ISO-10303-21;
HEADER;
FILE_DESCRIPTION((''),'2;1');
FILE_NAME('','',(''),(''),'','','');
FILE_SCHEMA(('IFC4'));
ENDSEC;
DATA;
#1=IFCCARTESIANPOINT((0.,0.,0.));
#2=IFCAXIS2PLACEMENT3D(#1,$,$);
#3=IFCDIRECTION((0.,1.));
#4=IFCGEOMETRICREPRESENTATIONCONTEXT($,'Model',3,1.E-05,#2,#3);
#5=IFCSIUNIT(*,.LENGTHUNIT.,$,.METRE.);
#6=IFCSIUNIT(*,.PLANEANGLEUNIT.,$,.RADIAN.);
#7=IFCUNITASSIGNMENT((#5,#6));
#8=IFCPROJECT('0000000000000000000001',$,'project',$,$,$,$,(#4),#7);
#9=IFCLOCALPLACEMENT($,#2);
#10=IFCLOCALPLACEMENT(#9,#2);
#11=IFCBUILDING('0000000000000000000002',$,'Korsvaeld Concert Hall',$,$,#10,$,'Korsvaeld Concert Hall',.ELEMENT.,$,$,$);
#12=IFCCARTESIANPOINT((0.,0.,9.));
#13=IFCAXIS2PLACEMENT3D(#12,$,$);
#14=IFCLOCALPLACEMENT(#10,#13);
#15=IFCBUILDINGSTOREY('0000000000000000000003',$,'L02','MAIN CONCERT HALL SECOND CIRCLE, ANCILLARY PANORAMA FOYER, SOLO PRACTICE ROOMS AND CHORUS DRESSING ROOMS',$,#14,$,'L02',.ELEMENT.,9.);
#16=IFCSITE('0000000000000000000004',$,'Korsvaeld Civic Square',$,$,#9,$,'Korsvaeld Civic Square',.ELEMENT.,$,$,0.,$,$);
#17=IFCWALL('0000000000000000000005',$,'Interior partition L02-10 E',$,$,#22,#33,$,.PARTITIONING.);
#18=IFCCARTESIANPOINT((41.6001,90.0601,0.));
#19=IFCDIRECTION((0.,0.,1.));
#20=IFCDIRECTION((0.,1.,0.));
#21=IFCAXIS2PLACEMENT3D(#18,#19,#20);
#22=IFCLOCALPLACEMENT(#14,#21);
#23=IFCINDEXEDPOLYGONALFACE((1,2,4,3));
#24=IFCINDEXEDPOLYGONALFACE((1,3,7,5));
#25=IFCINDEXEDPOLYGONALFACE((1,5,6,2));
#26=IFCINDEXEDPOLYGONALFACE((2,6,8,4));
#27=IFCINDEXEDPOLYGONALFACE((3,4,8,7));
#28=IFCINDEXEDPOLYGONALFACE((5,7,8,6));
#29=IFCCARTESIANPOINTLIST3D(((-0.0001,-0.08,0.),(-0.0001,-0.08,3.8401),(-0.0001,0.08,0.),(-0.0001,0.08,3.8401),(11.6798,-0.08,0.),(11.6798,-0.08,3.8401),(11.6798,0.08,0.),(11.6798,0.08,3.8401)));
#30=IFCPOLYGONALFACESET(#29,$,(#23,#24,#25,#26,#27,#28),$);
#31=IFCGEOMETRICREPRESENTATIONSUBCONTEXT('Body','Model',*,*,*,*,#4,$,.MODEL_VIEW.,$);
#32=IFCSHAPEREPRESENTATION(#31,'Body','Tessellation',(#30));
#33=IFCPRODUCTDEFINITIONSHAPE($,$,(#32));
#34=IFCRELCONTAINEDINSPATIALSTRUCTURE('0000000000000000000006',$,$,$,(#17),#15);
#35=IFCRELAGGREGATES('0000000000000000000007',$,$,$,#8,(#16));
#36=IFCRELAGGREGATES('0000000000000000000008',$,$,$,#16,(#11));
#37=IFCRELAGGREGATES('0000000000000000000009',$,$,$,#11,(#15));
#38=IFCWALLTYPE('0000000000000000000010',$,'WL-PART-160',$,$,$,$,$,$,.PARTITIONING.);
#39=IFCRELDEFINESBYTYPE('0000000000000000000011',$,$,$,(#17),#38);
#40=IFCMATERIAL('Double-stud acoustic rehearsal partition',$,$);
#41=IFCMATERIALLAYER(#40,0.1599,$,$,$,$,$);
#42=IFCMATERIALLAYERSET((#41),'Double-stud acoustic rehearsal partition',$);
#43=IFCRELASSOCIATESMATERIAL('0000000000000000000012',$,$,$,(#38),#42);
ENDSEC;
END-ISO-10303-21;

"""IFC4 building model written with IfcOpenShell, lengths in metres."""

from ifc_helpers import new_model, si_unit, direction, frame, frame_2d, origin, place, context, subcontext, project, spatial, rectangle, extrude, material, layer, layer_set, type_object, element, save


model = new_model("IFC4")

# Units and contexts
model_context = context("Model", 3, precision=1e-05, world=origin(), true_north=direction((0.0, 1.0)))
body_context = subcontext(model_context, "Body", "Model", "MODEL_VIEW")
ifc_project = project(units=[si_unit("LENGTHUNIT", "METRE"), si_unit("PLANEANGLEUNIT", "RADIAN")], contexts=[model_context])

# Site, building, storey
site_placement = place(None, origin())
site = spatial("IfcSite", under=ifc_project, at=site_placement, Name="Korsvaeld Civic Square", LongName="Korsvaeld Civic Square", CompositionType="ELEMENT", RefElevation=0.0)
building_placement = place(site_placement, origin())
building = spatial("IfcBuilding", under=site, at=building_placement, Name="Korsvaeld Concert Hall", LongName="Korsvaeld Concert Hall", CompositionType="ELEMENT")
storey_placement = place(building_placement, frame((0.0, 0.0, 9.0)))
storey = spatial("IfcBuildingStorey", under=building, at=storey_placement, Name="L02", Description="MAIN CONCERT HALL SECOND CIRCLE, ANCILLARY PANORAMA FOYER, SOLO PRACTICE ROOMS AND CHORUS DRESSING ROOMS", LongName="L02", CompositionType="ELEMENT", Elevation=9.0)

# Shared definitions
ifc_material_1 = material(Name="Double-stud acoustic rehearsal partition")
ifc_layer_1 = layer(ifc_material_1, 0.1599)
ifc_layer_set_1 = layer_set([ifc_layer_1], Name="Double-stud acoustic rehearsal partition")
wall_type_1 = type_object("IfcWallType", Name="WL-PART-160", PredefinedType="PARTITIONING", material=ifc_layer_set_1)

# Wall
wall_1_placement = place(storey_placement, frame((41.6001, 90.0601, 0.0), z_axis=(0.0, 0.0, 1.0), x_axis=(0.0, 1.0, 0.0)))
element("IfcWall", 1, at=wall_1_placement, inside=storey, type_object=wall_type_1, Name="Interior partition L02-10 E", PredefinedType="PARTITIONING", context=body_context, shape_type="SweptSolid", body=[
    extrude(rectangle(XDim=11.6799, YDim=0.1599, at=frame_2d((5.8398, 0.0))), origin(), (0.0, 0.0, 1.0), 3.8401),
])

save(model, "model.ifc")
